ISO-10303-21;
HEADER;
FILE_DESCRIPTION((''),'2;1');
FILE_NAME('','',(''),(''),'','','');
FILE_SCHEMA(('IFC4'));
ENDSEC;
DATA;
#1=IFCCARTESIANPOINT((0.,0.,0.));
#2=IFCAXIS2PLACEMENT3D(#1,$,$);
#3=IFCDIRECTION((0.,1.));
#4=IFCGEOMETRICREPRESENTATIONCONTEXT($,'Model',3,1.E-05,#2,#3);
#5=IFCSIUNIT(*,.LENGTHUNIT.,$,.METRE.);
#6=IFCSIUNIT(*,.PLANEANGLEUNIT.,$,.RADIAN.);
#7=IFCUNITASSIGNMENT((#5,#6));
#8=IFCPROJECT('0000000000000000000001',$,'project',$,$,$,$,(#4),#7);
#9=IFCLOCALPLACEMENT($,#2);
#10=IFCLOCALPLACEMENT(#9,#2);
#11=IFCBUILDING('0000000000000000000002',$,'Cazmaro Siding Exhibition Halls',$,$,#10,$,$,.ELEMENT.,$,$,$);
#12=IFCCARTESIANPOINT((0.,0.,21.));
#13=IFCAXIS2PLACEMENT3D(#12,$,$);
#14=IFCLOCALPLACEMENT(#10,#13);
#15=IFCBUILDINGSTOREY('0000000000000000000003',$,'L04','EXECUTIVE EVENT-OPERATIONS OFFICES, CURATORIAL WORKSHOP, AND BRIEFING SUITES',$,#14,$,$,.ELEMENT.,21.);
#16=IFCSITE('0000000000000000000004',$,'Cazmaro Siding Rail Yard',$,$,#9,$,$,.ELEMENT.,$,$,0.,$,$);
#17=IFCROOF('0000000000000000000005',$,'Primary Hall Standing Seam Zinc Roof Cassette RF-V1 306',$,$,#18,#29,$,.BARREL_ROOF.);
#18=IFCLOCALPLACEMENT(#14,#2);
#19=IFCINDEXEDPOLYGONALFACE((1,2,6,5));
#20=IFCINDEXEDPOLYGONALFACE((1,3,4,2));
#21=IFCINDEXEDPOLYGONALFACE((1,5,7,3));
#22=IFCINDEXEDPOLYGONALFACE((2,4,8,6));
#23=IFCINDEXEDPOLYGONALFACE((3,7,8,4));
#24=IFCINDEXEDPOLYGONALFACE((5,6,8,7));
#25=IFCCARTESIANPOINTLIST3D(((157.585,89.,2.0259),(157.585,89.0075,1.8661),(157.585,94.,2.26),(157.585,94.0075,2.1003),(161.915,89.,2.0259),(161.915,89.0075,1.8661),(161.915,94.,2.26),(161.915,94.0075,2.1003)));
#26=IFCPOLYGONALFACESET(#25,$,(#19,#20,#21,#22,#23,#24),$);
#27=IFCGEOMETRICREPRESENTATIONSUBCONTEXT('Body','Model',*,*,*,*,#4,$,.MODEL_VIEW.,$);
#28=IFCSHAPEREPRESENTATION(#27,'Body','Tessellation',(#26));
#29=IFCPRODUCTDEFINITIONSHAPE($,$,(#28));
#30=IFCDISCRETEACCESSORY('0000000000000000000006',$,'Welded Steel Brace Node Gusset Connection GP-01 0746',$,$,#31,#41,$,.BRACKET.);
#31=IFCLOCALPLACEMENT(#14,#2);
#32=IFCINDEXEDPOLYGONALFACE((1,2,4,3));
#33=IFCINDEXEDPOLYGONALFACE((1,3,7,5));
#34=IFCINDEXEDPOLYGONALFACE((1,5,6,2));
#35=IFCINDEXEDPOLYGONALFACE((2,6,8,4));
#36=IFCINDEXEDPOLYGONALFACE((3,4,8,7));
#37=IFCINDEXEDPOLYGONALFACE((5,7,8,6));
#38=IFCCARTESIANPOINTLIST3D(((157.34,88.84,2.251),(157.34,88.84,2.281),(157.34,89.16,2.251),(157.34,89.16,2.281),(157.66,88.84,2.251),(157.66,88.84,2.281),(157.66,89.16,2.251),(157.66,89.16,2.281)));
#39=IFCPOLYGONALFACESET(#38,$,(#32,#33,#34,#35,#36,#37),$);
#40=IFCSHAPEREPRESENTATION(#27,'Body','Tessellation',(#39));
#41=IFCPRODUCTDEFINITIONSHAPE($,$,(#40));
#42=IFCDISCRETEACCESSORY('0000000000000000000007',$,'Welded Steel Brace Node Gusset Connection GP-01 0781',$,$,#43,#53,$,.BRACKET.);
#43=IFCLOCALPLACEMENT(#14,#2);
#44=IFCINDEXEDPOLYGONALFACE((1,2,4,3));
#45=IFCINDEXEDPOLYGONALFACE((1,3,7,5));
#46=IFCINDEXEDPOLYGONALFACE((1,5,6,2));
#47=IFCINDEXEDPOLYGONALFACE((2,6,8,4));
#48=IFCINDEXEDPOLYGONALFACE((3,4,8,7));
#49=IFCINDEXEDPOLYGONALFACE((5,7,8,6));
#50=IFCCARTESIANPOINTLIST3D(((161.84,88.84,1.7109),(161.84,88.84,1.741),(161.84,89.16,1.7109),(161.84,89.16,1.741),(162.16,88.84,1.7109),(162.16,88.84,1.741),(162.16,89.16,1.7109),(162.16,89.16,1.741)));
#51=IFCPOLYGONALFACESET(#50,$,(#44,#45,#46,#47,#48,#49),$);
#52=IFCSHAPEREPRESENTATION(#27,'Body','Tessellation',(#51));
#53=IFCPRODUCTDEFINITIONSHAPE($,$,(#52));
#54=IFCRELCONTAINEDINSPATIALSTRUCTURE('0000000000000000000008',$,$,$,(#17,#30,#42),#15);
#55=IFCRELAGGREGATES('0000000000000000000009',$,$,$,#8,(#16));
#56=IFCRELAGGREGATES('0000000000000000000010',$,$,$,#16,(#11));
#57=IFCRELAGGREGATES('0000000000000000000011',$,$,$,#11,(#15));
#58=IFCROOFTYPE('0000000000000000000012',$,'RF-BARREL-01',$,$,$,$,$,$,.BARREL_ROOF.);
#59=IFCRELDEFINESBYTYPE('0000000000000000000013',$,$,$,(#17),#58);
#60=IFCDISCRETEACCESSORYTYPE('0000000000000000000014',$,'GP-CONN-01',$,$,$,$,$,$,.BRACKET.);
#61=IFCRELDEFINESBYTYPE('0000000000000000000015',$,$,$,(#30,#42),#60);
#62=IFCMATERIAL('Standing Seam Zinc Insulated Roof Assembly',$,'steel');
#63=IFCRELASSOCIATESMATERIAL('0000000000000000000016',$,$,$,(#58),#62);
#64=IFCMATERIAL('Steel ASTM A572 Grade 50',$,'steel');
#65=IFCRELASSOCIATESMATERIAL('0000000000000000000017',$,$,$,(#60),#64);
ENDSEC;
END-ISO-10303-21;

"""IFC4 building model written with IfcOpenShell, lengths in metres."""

from ifc_helpers import new_model, si_unit, direction, frame, origin, origin_2d, place, context, subcontext, project, spatial, polyline, rectangle, outline, extrude, material, type_object, element, save


model = new_model("IFC4")

# Units and contexts
model_context = context("Model", 3, precision=1e-05, world=origin(), true_north=direction((0.0, 1.0)))
body_context = subcontext(model_context, "Body", "Model", "MODEL_VIEW")
ifc_project = project(units=[si_unit("LENGTHUNIT", "METRE"), si_unit("PLANEANGLEUNIT", "RADIAN")], contexts=[model_context])

# Site, building, storey
site_placement = place(None, origin())
site = spatial("IfcSite", under=ifc_project, at=site_placement, Name="Cazmaro Siding Rail Yard", CompositionType="ELEMENT", RefElevation=0.0)
building_placement = place(site_placement, origin())
building = spatial("IfcBuilding", under=site, at=building_placement, Name="Cazmaro Siding Exhibition Halls", CompositionType="ELEMENT")
storey_placement = place(building_placement, frame((0.0, 0.0, 21.0)))
storey = spatial("IfcBuildingStorey", under=building, at=storey_placement, Name="L04", Description="EXECUTIVE EVENT-OPERATIONS OFFICES, CURATORIAL WORKSHOP, AND BRIEFING SUITES", CompositionType="ELEMENT", Elevation=21.0)

# Roof
ifc_material_1 = material(Name="Standing Seam Zinc Insulated Roof Assembly", Category="steel")
roof_type = type_object("IfcRoofType", Name="RF-BARREL-01", PredefinedType="BARREL_ROOF", material=ifc_material_1)
roof_1_placement = place(storey_placement, frame((157.585, 89.0, 2.0259), z_axis=(0.0, -0.046775, 0.998905), x_axis=(1.0, 0.0, 0.0)))
element("IfcRoof", 1, at=roof_1_placement, inside=storey, type_object=roof_type, Name="Primary Hall Standing Seam Zinc Roof Cassette RF-V1 306", PredefinedType="BARREL_ROOF", context=body_context, shape_type="SweptSolid", body=[
    extrude(outline(polyline([(0.0, 0.0), (4.3301, 0.0), (4.3301, 5.0055), (0.0, 5.0055), (0.0, 0.0)])), origin(), (0.0, 0.0, -1.0), 0.1599),
])

# Discrete accessories
ifc_material_2 = material(Name="Steel ASTM A572 Grade 50", Category="steel")
discrete_accessory_type = type_object("IfcDiscreteAccessoryType", Name="GP-CONN-01", PredefinedType="BRACKET", material=ifc_material_2)
for number, where, z_axis, x_axis, name in (
    (2, (157.5, 89.0, 2.251), (0.0, 0.0, 1.0), (1.0, 0.0, 0.0), "Welded Steel Brace Node Gusset Connection GP-01 0746"),
    (3, (162.0, 89.0, 1.7109), (0.0, 0.0, 1.0), (1.0, 0.0, 0.0), "Welded Steel Brace Node Gusset Connection GP-01 0781"),
):
    element("IfcDiscreteAccessory", number, at=place(storey_placement, frame(where, z_axis=z_axis, x_axis=x_axis)), inside=storey, type_object=discrete_accessory_type, Name=name, PredefinedType="BRACKET", context=body_context, shape_type="SweptSolid", body=[
        extrude(rectangle(XDim=0.3201, YDim=0.3201, at=origin_2d()), origin(), (0.0, 0.0, 1.0), 0.03),
    ])

save(model, "model.ifc")
